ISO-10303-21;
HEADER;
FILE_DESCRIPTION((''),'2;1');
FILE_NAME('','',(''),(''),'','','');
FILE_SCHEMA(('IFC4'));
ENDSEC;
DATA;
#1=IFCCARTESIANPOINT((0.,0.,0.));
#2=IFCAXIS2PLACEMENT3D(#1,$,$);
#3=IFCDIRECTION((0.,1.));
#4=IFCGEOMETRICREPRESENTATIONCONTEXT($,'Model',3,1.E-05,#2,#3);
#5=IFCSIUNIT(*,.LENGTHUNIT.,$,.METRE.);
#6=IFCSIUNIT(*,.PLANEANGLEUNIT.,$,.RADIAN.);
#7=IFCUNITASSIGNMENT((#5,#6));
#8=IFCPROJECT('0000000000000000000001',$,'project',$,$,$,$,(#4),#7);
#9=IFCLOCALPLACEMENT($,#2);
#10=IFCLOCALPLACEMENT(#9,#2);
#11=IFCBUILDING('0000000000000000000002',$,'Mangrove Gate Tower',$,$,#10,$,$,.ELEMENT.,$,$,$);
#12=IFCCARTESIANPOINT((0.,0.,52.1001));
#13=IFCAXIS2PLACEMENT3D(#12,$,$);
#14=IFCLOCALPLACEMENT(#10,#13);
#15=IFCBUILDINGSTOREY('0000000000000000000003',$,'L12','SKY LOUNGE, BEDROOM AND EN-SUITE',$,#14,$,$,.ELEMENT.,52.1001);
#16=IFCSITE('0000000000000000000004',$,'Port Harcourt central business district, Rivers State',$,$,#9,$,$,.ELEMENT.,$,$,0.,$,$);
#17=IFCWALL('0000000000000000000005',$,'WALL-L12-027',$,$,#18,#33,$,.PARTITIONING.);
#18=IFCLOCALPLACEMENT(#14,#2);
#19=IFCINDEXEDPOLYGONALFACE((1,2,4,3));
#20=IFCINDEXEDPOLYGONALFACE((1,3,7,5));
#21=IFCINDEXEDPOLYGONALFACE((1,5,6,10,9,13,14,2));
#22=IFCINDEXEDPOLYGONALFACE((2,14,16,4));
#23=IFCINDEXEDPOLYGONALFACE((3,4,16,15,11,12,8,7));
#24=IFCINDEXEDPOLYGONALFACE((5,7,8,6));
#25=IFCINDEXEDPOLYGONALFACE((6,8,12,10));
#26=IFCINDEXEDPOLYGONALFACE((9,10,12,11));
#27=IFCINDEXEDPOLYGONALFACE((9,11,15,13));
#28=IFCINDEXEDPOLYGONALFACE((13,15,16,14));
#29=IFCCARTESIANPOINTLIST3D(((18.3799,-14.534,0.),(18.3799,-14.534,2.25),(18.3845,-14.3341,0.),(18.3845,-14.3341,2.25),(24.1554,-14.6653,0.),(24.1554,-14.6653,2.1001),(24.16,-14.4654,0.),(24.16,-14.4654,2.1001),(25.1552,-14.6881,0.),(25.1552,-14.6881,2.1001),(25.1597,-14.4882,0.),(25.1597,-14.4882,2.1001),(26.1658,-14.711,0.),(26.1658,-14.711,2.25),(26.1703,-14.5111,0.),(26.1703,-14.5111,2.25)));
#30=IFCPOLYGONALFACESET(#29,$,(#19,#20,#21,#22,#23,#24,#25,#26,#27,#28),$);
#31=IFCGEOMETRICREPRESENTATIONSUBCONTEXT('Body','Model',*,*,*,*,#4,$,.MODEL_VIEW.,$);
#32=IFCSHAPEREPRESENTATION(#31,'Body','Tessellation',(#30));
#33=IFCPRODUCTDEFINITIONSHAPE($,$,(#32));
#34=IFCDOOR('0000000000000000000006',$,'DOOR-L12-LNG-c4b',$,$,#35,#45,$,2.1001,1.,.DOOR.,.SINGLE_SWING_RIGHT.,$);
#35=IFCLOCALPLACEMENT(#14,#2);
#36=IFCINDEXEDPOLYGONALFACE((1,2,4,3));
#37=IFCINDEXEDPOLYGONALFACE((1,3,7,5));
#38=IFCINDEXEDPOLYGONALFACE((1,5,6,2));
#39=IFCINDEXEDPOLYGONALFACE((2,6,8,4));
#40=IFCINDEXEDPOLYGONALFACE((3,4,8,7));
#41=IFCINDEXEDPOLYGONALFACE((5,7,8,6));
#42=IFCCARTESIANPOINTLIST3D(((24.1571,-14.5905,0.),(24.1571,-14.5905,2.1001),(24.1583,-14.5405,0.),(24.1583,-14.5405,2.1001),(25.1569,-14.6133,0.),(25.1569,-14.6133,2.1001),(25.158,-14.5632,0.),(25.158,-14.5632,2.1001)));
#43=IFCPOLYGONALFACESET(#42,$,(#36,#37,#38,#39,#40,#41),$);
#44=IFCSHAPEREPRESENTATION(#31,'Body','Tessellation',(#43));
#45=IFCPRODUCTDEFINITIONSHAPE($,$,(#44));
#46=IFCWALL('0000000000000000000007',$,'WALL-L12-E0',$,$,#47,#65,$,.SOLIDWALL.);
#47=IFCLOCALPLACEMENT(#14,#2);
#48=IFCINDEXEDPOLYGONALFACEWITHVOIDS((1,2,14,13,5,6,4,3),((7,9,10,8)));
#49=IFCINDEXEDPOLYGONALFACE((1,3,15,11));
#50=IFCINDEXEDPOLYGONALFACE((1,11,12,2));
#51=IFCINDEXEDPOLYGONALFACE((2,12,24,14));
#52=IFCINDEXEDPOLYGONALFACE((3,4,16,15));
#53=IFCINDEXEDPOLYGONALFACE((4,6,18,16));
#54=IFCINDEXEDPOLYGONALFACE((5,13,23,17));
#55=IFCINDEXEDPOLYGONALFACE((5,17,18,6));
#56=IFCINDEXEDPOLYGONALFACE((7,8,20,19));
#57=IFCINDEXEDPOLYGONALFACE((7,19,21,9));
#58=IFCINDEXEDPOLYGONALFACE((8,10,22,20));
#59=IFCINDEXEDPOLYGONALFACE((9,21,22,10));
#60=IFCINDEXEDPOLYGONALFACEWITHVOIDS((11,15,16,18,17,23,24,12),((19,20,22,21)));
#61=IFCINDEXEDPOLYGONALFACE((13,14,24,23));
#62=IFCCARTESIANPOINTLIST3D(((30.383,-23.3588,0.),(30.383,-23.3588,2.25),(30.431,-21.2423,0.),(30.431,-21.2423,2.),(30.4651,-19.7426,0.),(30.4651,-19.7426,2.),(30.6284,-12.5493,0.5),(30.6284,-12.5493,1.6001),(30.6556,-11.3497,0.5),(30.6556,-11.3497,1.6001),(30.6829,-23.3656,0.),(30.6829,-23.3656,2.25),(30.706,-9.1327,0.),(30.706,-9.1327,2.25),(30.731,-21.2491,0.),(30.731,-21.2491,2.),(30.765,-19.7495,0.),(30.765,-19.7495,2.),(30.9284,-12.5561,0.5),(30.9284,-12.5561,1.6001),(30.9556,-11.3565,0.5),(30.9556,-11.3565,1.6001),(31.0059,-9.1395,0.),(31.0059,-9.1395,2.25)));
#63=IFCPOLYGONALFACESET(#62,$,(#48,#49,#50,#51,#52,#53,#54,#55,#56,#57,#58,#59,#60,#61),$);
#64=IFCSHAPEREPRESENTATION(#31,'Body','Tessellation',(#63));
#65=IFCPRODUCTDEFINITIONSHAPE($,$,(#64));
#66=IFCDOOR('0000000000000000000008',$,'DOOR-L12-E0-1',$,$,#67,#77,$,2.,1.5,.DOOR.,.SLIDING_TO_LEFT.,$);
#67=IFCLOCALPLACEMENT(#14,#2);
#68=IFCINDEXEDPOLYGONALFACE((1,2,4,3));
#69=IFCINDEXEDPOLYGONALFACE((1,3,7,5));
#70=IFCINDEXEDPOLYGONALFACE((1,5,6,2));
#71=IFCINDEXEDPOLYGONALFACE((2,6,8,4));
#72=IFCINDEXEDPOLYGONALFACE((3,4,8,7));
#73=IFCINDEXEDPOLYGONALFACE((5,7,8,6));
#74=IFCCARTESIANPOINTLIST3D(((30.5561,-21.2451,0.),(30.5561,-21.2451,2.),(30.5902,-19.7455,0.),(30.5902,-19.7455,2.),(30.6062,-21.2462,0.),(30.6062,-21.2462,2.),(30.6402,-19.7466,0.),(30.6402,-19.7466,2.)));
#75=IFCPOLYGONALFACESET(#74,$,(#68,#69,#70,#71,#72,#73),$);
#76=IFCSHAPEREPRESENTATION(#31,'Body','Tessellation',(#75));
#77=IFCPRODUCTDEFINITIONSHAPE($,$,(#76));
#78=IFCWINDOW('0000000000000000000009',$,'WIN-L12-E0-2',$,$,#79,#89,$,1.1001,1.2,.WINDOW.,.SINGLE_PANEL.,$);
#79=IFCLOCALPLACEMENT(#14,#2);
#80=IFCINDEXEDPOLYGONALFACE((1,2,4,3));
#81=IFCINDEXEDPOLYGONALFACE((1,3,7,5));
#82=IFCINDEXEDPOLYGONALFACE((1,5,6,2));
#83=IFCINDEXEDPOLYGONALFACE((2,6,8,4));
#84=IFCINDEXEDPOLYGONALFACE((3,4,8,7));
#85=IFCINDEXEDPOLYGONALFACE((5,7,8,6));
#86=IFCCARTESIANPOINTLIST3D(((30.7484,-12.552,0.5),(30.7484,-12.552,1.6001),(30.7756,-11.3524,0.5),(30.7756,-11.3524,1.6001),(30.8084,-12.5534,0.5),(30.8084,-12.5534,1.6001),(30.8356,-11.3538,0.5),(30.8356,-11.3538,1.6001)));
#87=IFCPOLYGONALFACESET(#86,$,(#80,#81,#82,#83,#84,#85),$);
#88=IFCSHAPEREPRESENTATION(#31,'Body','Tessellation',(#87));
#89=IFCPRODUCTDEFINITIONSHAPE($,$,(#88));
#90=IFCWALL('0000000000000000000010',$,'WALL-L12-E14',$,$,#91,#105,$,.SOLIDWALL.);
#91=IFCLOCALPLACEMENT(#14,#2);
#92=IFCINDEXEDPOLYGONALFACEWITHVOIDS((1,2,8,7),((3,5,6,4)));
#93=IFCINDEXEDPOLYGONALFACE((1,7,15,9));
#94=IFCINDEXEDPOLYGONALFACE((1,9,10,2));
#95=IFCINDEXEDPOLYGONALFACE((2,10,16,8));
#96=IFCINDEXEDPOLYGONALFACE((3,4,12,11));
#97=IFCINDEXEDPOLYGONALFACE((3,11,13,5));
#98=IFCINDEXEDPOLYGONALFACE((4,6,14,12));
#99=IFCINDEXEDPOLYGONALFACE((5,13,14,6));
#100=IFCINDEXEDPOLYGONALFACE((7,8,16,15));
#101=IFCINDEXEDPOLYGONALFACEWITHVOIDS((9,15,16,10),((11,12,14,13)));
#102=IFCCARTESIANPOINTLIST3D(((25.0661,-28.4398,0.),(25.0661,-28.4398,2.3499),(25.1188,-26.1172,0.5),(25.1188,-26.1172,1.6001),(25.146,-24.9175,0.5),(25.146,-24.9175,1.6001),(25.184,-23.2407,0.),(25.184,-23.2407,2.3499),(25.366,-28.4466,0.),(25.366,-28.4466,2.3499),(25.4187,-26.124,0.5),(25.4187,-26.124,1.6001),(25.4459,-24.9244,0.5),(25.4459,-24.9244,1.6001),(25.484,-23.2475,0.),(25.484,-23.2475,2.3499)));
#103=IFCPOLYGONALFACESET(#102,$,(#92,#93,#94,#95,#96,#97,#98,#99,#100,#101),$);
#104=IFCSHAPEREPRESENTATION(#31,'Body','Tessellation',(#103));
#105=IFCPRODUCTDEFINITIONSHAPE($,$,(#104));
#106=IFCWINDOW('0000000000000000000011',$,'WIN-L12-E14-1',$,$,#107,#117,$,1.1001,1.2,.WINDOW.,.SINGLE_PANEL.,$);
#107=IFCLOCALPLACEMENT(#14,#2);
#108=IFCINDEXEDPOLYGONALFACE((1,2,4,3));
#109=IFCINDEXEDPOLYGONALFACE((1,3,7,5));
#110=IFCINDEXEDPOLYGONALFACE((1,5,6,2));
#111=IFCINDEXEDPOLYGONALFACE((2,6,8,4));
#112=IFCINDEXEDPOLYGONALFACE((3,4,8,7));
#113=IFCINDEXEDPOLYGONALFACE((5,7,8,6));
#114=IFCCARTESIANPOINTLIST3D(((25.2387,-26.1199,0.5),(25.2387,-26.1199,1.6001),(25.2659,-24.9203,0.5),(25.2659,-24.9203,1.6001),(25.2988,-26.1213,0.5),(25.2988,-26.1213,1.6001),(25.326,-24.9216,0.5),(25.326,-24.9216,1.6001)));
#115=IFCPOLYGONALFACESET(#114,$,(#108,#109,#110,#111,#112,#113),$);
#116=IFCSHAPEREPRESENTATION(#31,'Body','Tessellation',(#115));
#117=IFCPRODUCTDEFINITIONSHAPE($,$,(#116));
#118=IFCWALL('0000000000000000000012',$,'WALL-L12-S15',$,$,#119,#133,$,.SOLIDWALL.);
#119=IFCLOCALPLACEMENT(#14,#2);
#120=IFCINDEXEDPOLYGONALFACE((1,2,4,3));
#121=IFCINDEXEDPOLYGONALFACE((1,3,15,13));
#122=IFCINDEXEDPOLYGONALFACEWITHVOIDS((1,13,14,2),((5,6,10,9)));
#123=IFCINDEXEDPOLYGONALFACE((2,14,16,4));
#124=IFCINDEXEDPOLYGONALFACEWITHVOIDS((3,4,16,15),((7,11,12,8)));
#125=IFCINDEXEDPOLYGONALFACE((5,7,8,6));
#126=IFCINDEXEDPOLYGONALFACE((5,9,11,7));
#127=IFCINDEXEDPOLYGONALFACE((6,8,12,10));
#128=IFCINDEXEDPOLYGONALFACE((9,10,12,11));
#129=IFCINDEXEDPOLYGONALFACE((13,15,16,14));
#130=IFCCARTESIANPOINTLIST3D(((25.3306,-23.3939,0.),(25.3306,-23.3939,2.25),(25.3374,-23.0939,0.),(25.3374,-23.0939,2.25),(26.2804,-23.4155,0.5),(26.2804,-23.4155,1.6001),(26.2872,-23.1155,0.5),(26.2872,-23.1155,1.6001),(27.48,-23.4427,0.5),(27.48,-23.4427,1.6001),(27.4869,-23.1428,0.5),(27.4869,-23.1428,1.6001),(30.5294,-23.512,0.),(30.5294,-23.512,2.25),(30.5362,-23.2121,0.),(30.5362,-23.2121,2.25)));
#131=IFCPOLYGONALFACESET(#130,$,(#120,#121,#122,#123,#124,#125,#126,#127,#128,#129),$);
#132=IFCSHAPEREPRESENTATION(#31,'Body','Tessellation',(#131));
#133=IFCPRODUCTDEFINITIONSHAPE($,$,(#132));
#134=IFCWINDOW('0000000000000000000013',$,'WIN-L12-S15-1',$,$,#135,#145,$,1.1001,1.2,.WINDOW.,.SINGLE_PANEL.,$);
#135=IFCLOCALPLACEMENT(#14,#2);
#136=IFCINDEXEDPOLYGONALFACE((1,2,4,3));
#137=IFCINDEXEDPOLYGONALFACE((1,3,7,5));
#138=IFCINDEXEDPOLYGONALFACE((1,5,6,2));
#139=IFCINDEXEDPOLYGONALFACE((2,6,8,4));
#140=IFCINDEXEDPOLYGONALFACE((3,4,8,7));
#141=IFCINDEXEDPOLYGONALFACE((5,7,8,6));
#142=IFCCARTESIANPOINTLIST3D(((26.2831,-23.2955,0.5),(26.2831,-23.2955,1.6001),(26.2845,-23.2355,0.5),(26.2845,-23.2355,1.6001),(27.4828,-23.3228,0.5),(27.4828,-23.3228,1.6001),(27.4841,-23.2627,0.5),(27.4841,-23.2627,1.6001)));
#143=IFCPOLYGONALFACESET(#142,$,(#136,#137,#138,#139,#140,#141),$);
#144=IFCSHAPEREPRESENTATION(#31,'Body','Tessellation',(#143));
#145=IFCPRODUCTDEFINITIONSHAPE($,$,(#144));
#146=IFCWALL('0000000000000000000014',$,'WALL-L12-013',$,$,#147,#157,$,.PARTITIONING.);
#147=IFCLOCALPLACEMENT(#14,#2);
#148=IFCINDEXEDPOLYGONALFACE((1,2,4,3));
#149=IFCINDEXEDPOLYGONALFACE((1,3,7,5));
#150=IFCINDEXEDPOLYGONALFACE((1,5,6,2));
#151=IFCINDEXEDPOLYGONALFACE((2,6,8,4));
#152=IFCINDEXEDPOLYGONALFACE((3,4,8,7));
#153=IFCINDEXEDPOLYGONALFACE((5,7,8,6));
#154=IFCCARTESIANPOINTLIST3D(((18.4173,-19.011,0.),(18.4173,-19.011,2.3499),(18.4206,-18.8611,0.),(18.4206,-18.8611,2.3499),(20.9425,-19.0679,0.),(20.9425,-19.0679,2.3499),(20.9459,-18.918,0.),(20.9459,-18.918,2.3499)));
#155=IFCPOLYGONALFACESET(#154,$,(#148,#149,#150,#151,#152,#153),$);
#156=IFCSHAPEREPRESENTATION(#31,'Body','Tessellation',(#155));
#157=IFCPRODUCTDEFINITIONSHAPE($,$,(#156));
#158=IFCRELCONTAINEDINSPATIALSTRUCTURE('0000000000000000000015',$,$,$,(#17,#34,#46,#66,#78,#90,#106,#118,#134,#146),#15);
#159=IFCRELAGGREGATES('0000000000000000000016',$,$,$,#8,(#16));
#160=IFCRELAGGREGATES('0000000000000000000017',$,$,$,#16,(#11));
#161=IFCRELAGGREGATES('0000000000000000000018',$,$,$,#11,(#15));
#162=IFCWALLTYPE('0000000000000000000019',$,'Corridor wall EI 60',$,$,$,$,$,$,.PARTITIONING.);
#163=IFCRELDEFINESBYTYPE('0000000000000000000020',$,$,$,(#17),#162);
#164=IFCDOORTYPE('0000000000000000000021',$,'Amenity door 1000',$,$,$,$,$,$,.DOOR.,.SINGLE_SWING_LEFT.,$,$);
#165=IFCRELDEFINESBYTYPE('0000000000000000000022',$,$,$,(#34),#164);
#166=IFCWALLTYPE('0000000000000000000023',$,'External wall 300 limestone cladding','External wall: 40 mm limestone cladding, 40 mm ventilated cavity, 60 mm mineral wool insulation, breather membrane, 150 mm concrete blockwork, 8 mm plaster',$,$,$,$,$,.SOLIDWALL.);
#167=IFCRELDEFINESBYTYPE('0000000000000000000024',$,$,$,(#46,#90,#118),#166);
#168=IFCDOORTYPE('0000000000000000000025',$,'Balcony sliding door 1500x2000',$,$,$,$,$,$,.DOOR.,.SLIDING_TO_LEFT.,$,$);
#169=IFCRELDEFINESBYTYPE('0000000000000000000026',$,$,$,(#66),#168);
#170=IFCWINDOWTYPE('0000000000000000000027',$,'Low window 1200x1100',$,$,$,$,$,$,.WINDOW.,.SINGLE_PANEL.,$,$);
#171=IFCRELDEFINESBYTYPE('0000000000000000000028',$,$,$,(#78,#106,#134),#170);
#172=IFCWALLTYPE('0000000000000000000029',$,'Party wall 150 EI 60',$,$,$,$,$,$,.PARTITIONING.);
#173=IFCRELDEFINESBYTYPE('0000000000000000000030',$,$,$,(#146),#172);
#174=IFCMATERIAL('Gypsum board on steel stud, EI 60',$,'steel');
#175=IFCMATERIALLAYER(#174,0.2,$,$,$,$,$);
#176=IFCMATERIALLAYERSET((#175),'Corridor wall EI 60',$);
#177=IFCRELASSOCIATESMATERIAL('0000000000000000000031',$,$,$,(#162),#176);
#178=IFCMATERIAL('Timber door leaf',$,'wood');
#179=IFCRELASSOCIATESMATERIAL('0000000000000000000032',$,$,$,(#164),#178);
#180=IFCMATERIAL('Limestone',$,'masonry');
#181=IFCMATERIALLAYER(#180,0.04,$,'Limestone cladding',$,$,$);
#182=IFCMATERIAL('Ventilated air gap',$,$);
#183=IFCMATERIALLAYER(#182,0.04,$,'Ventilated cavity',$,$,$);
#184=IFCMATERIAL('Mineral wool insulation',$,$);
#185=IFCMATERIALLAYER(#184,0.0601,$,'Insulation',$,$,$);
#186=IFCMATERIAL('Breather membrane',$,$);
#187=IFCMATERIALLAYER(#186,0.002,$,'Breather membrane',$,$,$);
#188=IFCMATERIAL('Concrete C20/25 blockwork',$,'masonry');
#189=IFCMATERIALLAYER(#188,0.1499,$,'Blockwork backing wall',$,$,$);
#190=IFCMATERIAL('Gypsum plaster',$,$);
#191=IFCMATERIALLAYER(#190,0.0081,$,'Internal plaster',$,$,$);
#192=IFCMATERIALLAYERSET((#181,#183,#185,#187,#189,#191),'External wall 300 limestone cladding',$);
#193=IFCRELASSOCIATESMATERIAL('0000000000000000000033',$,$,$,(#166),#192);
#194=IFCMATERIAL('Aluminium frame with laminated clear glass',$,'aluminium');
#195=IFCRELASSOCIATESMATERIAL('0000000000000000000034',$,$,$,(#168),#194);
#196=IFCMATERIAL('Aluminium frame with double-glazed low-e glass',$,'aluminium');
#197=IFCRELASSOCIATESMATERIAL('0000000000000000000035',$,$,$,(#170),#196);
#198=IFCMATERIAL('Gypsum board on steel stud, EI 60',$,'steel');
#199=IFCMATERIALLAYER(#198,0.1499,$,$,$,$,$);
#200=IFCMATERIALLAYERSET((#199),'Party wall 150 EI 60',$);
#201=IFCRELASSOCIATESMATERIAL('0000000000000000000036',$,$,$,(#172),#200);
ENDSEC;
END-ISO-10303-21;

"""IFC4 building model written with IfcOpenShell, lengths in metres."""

from ifc_helpers import new_model, si_unit, direction, frame, frame_2d, origin, place, context, subcontext, project, spatial, rectangle, extrude, material, layer, layer_set, type_object, element, fill, save


model = new_model("IFC4")

# Units and contexts
model_context = context("Model", 3, precision=1e-05, world=origin(), true_north=direction((0.0, 1.0)))
body_context = subcontext(model_context, "Body", "Model", "MODEL_VIEW")
ifc_project = project(units=[si_unit("LENGTHUNIT", "METRE"), si_unit("PLANEANGLEUNIT", "RADIAN")], contexts=[model_context])

# Site, building, storey
site_placement = place(None, origin())
site = spatial("IfcSite", under=ifc_project, at=site_placement, Name="Port Harcourt central business district, Rivers State", CompositionType="ELEMENT", RefElevation=0.0)
building_placement = place(site_placement, origin())
building = spatial("IfcBuilding", under=site, at=building_placement, Name="Mangrove Gate Tower", CompositionType="ELEMENT")
storey_placement = place(building_placement, frame((0.0, 0.0, 52.1001)))
storey = spatial("IfcBuildingStorey", under=building, at=storey_placement, Name="L12", Description="SKY LOUNGE, BEDROOM AND EN-SUITE", CompositionType="ELEMENT", Elevation=52.1001)

# Shared definitions
ifc_material_1 = material(Name="Gypsum board on steel stud, EI 60", Category="steel")
ifc_layer_1 = layer(ifc_material_1, 0.2)
ifc_layer_set_1 = layer_set([ifc_layer_1], Name="Corridor wall EI 60")
wall_type_1 = type_object("IfcWallType", Name="Corridor wall EI 60", PredefinedType="PARTITIONING", material=ifc_layer_set_1)

# Wall, opening, door
wall_1_placement = place(storey_placement, frame((18.3821, -14.4341, 0.0), z_axis=(0.0, 0.0, 1.0), x_axis=(0.999742, -0.022728, 0.0)))
wall_1 = element("IfcWall", 1, at=wall_1_placement, inside=storey, type_object=wall_type_1, Name="WALL-L12-027", PredefinedType="PARTITIONING", context=body_context, shape_type="SweptSolid", body=[
    extrude(rectangle(XDim=7.7878, YDim=0.2, at=frame_2d((3.894, 0.0))), origin(), (0.0, 0.0, 1.0), 2.25),
])
opening_1_placement = place(wall_1_placement, frame((5.7771, 0.0, 0.0)))
opening_1 = element("IfcOpeningElement", 2, at=opening_1_placement, cuts=wall_1, PredefinedType="OPENING", context=body_context, shape_type="SweptSolid", body=[
    extrude(rectangle(XDim=1.0, YDim=2.1001, at=frame_2d((0.5, 1.05))), frame((0.0, 0.1099, 0.0), z_axis=(0.0, -1.0, 0.0), x_axis=(1.0, 0.0, 0.0)), (0.0, 0.0, 1.0), 0.22),
])
ifc_material_2 = material(Name="Timber door leaf", Category="wood")
door_type_1 = type_object("IfcDoorType", Name="Amenity door 1000", OperationType="SINGLE_SWING_LEFT", PredefinedType="DOOR", material=ifc_material_2)
door_1_placement = place(opening_1_placement, origin())
door_1 = element("IfcDoor", 3, at=door_1_placement, inside=storey, type_object=door_type_1, Name="DOOR-L12-LNG-c4b", OperationType="SINGLE_SWING_RIGHT", OverallHeight=2.1001, OverallWidth=1.0, PredefinedType="DOOR", context=body_context, shape_type="SweptSolid", body=[
    extrude(rectangle(XDim=1.0, YDim=2.1001, at=frame_2d((0.5, 1.05))), frame((0.0, 0.0249, 0.0), z_axis=(0.0, -1.0, 0.0), x_axis=(1.0, 0.0, 0.0)), (0.0, 0.0, 1.0), 0.05),
])
fill(opening_1, door_1)

# Wall, openings, door, window
ifc_material_3 = material(Name="Limestone", Category="masonry")
ifc_layer_2 = layer(ifc_material_3, 0.04, Name="Limestone cladding")
ifc_material_4 = material(Name="Ventilated air gap")
ifc_layer_3 = layer(ifc_material_4, 0.04, Name="Ventilated cavity")
ifc_material_5 = material(Name="Mineral wool insulation")
ifc_layer_4 = layer(ifc_material_5, 0.0601, Name="Insulation")
ifc_material_6 = material(Name="Breather membrane")
ifc_layer_5 = layer(ifc_material_6, 0.002, Name="Breather membrane")
ifc_material_7 = material(Name="Concrete C20/25 blockwork", Category="masonry")
ifc_layer_6 = layer(ifc_material_7, 0.1499, Name="Blockwork backing wall")
ifc_material_8 = material(Name="Gypsum plaster")
ifc_layer_7 = layer(ifc_material_8, 0.0081, Name="Internal plaster")
ifc_layer_set_2 = layer_set([ifc_layer_2, ifc_layer_3, ifc_layer_4, ifc_layer_5, ifc_layer_6, ifc_layer_7], Name="External wall 300 limestone cladding")
wall_type_2 = type_object("IfcWallType", Name="External wall 300 limestone cladding", Description="External wall: 40 mm limestone cladding, 40 mm ventilated cavity, 60 mm mineral wool insulation, breather membrane, 150 mm concrete blockwork, 8 mm plaster", PredefinedType="SOLIDWALL", material=ifc_layer_set_2)
wall_2_placement = place(storey_placement, frame((30.533, -23.3621, 0.0), z_axis=(0.0, 0.0, 1.0), x_axis=(0.022699, 0.999742, 0.0)))
wall_2 = element("IfcWall", 4, at=wall_2_placement, inside=storey, type_object=wall_type_2, Name="WALL-L12-E0", PredefinedType="SOLIDWALL", context=body_context, shape_type="SweptSolid", body=[
    extrude(rectangle(XDim=14.2297, YDim=0.3, at=frame_2d((7.1147, 0.0))), origin(), (0.0, 0.0, 1.0), 2.25),
])
opening_2_placement = place(wall_2_placement, frame((2.1169, 0.0, 0.0)))
opening_2 = element("IfcOpeningElement", 5, at=opening_2_placement, cuts=wall_2, PredefinedType="OPENING", context=body_context, shape_type="SweptSolid", body=[
    extrude(rectangle(XDim=1.5, YDim=2.0, at=frame_2d((0.75, 1.0))), frame((0.0, 0.1599, 0.0), z_axis=(0.0, -1.0, 0.0), x_axis=(1.0, 0.0, 0.0)), (0.0, 0.0, 1.0), 0.3201),
])
opening_3_placement = place(wall_2_placement, frame((10.812, 0.0, 0.5)))
opening_3 = element("IfcOpeningElement", 6, at=opening_3_placement, cuts=wall_2, PredefinedType="OPENING", context=body_context, shape_type="SweptSolid", body=[
    extrude(rectangle(XDim=1.2, YDim=1.1001, at=frame_2d((0.6001, 0.55))), frame((0.0, 0.1599, 0.0), z_axis=(0.0, -1.0, 0.0), x_axis=(1.0, 0.0, 0.0)), (0.0, 0.0, 1.0), 0.3201),
])
ifc_material_9 = material(Name="Aluminium frame with laminated clear glass", Category="aluminium")
door_type_2 = type_object("IfcDoorType", Name="Balcony sliding door 1500x2000", OperationType="SLIDING_TO_LEFT", PredefinedType="DOOR", material=ifc_material_9)
door_2_placement = place(opening_2_placement, origin())
door_2 = element("IfcDoor", 7, at=door_2_placement, inside=storey, type_object=door_type_2, Name="DOOR-L12-E0-1", OperationType="SLIDING_TO_LEFT", OverallHeight=2.0, OverallWidth=1.5, PredefinedType="DOOR", context=body_context, shape_type="SweptSolid", body=[
    extrude(rectangle(XDim=1.5, YDim=2.0, at=frame_2d((0.75, 1.0))), frame((0.0, 0.0249, 0.0), z_axis=(0.0, -1.0, 0.0), x_axis=(1.0, 0.0, 0.0)), (0.0, 0.0, 1.0), 0.05),
])
fill(opening_2, door_2)
ifc_material_10 = material(Name="Aluminium frame with double-glazed low-e glass", Category="aluminium")
window_type = type_object("IfcWindowType", Name="Low window 1200x1100", PartitioningType="SINGLE_PANEL", PredefinedType="WINDOW", material=ifc_material_10)
window_1_placement = place(opening_3_placement, origin())
window_1 = element("IfcWindow", 8, at=window_1_placement, inside=storey, type_object=window_type, Name="WIN-L12-E0-2", OverallHeight=1.1001, OverallWidth=1.2, PartitioningType="SINGLE_PANEL", PredefinedType="WINDOW", context=body_context, shape_type="SweptSolid", body=[
    extrude(rectangle(XDim=1.2, YDim=1.1001, at=frame_2d((0.6001, 0.55))), frame((0.0, 0.03, 0.0), z_axis=(0.0, -1.0, 0.0), x_axis=(1.0, 0.0, 0.0)), (0.0, 0.0, 1.0), 0.0601),
])
fill(opening_3, window_1)

# Walls, openings, windows
wall_3_placement = place(storey_placement, frame((25.2161, -28.4431, 0.0), z_axis=(0.0, 0.0, 1.0), x_axis=(0.022674, 0.999743, 0.0)))
wall_3 = element("IfcWall", 9, at=wall_3_placement, inside=storey, type_object=wall_type_2, Name="WALL-L12-E14", PredefinedType="SOLIDWALL", context=body_context, shape_type="SweptSolid", body=[
    extrude(rectangle(XDim=5.2004, YDim=0.3, at=frame_2d((2.6001, 0.0))), origin(), (0.0, 0.0, 1.0), 2.3499),
])
opening_4_placement = place(wall_3_placement, frame((2.323, 0.0, 0.5)))
opening_4 = element("IfcOpeningElement", 10, at=opening_4_placement, cuts=wall_3, PredefinedType="OPENING", context=body_context, shape_type="SweptSolid", body=[
    extrude(rectangle(XDim=1.2, YDim=1.1001, at=frame_2d((0.6001, 0.55))), frame((0.0, 0.1599, 0.0), z_axis=(0.0, -1.0, 0.0), x_axis=(1.0, 0.0, 0.0)), (0.0, 0.0, 1.0), 0.3201),
])
window_2_placement = place(opening_4_placement, origin())
window_2 = element("IfcWindow", 11, at=window_2_placement, inside=storey, type_object=window_type, Name="WIN-L12-E14-1", OverallHeight=1.1001, OverallWidth=1.2, PartitioningType="SINGLE_PANEL", PredefinedType="WINDOW", context=body_context, shape_type="SweptSolid", body=[
    extrude(rectangle(XDim=1.2, YDim=1.1001, at=frame_2d((0.6001, 0.55))), frame((0.0, 0.03, 0.0), z_axis=(0.0, -1.0, 0.0), x_axis=(1.0, 0.0, 0.0)), (0.0, 0.0, 1.0), 0.0601),
])
fill(opening_4, window_2)
wall_4_placement = place(storey_placement, frame((25.334, -23.2439, 0.0), z_axis=(0.0, 0.0, 1.0), x_axis=(0.999742, -0.022722, 0.0)))
wall_4 = element("IfcWall", 12, at=wall_4_placement, inside=storey, type_object=wall_type_2, Name="WALL-L12-S15", PredefinedType="SOLIDWALL", context=body_context, shape_type="SweptSolid", body=[
    extrude(rectangle(XDim=5.2002, YDim=0.3, at=frame_2d((2.6001, 0.0))), origin(), (0.0, 0.0, 1.0), 2.25),
])
opening_5_placement = place(wall_4_placement, frame((0.95, 0.0, 0.5)))
opening_5 = element("IfcOpeningElement", 13, at=opening_5_placement, cuts=wall_4, PredefinedType="OPENING", context=body_context, shape_type="SweptSolid", body=[
    extrude(rectangle(XDim=1.2, YDim=1.1001, at=frame_2d((0.6001, 0.55))), frame((0.0, 0.1599, 0.0), z_axis=(0.0, -1.0, 0.0), x_axis=(1.0, 0.0, 0.0)), (0.0, 0.0, 1.0), 0.3201),
])
window_3_placement = place(opening_5_placement, origin())
window_3 = element("IfcWindow", 14, at=window_3_placement, inside=storey, type_object=window_type, Name="WIN-L12-S15-1", OverallHeight=1.1001, OverallWidth=1.2, PartitioningType="SINGLE_PANEL", PredefinedType="WINDOW", context=body_context, shape_type="SweptSolid", body=[
    extrude(rectangle(XDim=1.2, YDim=1.1001, at=frame_2d((0.6001, 0.55))), frame((0.0, 0.03, 0.0), z_axis=(0.0, -1.0, 0.0), x_axis=(1.0, 0.0, 0.0)), (0.0, 0.0, 1.0), 0.0601),
])
fill(opening_5, window_3)

# Wall
ifc_material_11 = material(Name="Gypsum board on steel stud, EI 60", Category="steel")
ifc_layer_8 = layer(ifc_material_11, 0.1499)
ifc_layer_set_3 = layer_set([ifc_layer_8], Name="Party wall 150 EI 60")
wall_type_3 = type_object("IfcWallType", Name="Party wall 150 EI 60", PredefinedType="PARTITIONING", material=ifc_layer_set_3)
wall_5_placement = place(storey_placement, frame((18.4189, -18.936, 0.0), z_axis=(0.0, 0.0, 1.0), x_axis=(0.999746, -0.022522, 0.0)))
element("IfcWall", 15, at=wall_5_placement, inside=storey, type_object=wall_type_3, Name="WALL-L12-013", PredefinedType="PARTITIONING", context=body_context, shape_type="SweptSolid", body=[
    extrude(rectangle(XDim=2.5259, YDim=0.1499, at=frame_2d((1.2629, 0.0))), origin(), (0.0, 0.0, 1.0), 2.3499),
])

save(model, "model.ifc")
